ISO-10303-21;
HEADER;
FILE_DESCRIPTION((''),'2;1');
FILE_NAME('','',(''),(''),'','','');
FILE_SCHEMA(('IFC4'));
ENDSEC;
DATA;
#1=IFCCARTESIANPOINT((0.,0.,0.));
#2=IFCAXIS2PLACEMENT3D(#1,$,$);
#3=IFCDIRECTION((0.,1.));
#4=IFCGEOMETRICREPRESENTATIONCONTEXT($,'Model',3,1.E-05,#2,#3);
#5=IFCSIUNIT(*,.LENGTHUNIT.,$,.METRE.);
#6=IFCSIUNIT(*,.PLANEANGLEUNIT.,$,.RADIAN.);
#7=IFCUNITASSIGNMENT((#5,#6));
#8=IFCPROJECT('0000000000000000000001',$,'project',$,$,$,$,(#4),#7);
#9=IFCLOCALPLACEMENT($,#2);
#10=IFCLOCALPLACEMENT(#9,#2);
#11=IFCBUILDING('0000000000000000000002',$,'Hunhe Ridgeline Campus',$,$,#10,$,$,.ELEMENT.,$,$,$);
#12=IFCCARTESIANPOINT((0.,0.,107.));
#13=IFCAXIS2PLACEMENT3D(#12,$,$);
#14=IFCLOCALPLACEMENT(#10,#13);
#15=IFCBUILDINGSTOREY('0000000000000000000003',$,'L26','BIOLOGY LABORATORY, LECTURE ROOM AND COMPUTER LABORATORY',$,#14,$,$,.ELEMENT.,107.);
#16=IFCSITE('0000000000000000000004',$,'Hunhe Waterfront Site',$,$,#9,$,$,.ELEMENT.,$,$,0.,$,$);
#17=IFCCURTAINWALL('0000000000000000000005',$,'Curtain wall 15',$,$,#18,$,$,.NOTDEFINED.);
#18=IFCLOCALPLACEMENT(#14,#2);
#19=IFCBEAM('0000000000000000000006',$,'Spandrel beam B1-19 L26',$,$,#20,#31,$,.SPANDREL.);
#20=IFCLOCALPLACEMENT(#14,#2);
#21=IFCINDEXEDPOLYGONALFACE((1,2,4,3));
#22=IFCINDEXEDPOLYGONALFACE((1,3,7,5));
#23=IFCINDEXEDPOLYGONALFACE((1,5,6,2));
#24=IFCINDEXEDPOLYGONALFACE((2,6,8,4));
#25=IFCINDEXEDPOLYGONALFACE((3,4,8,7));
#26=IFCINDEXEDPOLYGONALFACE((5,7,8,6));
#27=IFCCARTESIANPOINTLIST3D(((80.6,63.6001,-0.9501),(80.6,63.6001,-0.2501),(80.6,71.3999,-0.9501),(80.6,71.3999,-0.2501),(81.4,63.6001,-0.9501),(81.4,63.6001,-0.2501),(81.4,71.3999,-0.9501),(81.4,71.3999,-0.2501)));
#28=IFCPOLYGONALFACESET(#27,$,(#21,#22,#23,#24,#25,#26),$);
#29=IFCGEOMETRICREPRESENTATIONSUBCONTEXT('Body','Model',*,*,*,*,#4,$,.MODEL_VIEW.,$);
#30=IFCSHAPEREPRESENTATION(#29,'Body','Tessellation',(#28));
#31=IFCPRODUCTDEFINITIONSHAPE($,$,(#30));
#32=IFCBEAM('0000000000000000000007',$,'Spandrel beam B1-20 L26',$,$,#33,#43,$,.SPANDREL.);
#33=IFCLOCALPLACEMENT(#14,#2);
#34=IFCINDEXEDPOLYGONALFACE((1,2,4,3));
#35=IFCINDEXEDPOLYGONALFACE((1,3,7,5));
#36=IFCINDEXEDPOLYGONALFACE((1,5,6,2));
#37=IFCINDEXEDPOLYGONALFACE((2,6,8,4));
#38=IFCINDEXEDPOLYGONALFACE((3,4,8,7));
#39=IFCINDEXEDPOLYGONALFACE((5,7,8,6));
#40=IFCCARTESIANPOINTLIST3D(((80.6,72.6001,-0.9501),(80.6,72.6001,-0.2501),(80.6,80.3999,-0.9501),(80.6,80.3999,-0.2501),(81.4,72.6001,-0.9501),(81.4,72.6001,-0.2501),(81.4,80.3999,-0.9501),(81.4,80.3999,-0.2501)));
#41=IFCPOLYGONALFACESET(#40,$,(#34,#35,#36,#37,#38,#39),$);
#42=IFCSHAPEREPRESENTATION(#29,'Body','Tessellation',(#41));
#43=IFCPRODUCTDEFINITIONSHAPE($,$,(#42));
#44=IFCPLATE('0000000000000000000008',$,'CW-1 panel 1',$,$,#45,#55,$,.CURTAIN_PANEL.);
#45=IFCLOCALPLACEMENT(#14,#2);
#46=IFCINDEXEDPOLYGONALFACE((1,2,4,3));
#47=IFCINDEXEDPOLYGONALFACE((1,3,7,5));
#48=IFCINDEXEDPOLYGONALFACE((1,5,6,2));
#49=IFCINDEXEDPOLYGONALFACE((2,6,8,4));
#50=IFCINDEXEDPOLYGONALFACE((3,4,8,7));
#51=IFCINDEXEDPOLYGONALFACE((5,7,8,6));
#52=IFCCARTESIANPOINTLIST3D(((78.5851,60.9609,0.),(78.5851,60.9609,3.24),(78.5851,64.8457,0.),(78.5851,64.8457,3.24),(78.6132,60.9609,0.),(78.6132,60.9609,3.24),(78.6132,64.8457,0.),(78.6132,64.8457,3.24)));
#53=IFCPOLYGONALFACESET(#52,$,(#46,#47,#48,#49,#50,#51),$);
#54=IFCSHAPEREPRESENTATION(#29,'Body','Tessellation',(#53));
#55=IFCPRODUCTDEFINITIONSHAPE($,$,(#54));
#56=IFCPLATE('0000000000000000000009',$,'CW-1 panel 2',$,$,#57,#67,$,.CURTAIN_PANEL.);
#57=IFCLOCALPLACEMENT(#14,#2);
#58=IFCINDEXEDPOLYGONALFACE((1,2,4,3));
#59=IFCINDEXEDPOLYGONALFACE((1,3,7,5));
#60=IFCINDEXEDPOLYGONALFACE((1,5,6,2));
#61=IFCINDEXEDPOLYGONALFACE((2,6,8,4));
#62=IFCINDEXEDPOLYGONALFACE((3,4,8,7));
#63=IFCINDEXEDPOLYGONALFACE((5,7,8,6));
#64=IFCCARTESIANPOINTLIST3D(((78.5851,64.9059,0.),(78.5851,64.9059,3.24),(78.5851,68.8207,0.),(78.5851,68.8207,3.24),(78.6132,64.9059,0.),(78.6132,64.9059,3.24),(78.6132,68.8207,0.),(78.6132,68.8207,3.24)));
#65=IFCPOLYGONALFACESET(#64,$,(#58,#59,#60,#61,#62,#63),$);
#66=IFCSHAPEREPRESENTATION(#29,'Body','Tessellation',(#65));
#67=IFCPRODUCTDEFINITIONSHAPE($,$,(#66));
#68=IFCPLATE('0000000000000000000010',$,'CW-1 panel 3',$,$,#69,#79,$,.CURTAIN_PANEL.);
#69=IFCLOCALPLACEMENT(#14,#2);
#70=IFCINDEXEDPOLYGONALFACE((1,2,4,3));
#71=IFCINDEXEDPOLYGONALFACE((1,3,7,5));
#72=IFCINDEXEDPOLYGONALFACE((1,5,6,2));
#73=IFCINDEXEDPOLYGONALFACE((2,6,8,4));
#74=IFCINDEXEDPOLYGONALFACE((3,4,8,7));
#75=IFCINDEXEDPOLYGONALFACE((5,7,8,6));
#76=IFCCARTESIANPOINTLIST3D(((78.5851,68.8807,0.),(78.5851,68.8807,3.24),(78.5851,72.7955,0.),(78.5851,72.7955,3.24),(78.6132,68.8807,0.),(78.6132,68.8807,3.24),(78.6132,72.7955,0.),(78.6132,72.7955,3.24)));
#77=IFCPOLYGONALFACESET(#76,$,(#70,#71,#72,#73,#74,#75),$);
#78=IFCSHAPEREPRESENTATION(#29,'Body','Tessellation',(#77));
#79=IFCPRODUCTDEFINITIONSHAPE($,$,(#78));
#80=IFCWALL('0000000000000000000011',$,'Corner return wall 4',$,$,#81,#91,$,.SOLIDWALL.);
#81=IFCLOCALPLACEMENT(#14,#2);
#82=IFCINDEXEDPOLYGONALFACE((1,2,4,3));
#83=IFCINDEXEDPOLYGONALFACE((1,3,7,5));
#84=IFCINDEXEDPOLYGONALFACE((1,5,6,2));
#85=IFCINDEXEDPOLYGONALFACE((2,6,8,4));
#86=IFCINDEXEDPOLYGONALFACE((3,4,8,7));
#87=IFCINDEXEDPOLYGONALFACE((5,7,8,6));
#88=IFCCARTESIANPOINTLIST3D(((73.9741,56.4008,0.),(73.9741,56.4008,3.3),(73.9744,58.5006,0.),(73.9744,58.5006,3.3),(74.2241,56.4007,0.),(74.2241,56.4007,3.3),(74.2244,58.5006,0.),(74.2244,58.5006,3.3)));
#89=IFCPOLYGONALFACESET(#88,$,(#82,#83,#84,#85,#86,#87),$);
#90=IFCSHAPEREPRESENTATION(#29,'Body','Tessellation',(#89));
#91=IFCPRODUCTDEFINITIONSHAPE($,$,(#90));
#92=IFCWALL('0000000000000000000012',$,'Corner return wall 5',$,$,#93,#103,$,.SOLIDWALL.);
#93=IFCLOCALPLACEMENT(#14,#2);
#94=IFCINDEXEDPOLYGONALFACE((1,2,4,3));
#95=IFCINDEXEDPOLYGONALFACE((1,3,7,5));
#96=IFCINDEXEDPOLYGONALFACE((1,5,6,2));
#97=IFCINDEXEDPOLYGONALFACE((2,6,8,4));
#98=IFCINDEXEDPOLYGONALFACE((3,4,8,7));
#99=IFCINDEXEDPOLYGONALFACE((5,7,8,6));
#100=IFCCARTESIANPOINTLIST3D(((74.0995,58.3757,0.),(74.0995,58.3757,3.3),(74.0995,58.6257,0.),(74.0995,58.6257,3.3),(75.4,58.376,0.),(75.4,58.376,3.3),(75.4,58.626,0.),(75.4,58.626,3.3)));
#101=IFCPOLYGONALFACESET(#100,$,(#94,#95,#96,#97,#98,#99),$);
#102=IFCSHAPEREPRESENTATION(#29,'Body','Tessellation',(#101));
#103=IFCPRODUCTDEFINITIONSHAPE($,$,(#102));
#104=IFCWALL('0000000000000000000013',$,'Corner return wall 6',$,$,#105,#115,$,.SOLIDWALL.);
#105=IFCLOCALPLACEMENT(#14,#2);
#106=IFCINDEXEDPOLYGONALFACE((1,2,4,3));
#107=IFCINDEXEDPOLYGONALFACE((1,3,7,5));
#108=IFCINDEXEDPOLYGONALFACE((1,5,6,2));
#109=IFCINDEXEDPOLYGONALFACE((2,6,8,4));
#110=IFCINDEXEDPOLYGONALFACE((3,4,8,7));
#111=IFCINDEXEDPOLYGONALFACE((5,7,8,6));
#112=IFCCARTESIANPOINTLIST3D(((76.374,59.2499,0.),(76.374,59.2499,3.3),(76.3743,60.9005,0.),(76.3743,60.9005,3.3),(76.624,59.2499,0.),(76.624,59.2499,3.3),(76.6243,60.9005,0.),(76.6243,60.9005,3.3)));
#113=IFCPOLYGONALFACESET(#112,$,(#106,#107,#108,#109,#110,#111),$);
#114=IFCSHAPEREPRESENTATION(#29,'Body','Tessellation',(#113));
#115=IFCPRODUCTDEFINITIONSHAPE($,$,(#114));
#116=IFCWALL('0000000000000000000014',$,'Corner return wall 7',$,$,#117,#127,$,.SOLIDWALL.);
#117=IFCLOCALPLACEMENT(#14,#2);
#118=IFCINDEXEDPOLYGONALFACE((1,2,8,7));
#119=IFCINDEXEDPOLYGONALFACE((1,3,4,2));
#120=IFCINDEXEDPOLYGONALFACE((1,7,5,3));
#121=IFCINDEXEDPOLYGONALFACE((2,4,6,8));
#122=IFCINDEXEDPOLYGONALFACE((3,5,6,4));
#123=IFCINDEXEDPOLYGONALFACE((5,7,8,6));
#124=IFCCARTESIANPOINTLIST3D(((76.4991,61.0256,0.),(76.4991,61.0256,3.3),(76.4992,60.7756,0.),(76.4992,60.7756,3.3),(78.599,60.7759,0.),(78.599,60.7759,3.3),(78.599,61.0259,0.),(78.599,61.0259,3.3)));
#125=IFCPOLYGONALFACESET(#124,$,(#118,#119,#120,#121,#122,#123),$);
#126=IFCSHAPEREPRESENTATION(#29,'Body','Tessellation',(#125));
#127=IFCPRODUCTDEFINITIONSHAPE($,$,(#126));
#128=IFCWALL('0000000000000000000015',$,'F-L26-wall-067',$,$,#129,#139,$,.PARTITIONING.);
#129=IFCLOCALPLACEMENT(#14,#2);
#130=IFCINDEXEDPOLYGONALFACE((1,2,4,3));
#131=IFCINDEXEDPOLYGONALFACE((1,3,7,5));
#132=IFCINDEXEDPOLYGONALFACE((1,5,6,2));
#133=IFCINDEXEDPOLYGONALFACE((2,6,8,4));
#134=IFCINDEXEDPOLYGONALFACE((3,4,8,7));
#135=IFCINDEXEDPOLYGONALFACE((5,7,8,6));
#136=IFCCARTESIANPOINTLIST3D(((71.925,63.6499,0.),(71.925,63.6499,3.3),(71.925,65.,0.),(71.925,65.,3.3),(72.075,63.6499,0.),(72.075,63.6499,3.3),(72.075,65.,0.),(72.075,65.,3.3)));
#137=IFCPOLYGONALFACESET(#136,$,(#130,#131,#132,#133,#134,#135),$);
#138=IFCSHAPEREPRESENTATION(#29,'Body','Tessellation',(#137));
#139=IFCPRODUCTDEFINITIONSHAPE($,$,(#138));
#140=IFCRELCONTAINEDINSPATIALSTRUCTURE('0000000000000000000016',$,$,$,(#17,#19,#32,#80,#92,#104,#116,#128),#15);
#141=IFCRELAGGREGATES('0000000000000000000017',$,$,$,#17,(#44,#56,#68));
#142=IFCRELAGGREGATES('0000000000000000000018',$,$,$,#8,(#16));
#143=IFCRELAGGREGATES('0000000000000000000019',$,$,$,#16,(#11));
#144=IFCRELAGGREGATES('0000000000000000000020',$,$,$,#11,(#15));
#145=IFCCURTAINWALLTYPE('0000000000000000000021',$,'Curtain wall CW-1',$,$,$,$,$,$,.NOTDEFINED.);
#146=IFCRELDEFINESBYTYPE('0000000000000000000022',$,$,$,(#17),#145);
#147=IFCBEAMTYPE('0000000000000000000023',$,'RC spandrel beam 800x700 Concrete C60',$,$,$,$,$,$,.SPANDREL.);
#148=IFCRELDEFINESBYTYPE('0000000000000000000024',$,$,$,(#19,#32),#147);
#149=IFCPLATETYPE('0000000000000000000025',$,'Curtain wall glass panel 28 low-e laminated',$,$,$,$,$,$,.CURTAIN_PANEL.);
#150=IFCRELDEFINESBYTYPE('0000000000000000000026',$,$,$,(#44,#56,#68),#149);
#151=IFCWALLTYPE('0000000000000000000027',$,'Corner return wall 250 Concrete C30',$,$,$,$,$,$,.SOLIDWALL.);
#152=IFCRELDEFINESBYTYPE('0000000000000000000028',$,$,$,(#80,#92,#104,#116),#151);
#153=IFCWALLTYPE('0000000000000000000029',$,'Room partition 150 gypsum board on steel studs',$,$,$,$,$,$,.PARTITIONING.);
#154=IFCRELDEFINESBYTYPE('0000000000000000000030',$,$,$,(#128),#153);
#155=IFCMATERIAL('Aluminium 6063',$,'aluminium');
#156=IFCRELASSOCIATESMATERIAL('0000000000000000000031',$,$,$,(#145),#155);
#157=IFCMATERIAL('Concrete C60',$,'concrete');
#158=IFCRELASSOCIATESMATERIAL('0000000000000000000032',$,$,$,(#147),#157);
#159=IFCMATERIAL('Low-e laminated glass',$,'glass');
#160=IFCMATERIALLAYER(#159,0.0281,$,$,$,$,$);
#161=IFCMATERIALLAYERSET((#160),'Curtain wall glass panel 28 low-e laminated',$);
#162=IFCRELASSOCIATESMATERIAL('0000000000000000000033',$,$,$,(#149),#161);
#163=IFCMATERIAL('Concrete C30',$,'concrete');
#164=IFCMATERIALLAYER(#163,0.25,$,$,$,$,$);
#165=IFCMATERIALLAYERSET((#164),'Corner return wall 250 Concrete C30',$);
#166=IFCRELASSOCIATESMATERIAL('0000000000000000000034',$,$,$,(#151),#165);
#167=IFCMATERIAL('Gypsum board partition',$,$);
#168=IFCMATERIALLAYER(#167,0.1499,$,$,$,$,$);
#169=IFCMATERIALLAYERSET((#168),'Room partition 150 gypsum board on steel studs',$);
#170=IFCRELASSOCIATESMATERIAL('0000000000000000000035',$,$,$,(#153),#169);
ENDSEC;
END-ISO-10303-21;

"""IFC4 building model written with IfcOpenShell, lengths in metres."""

from ifc_helpers import new_model, si_unit, direction, frame, frame_2d, origin, origin_2d, place, context, subcontext, project, spatial, rectangle, extrude, material, layer, layer_set, material_profile, profile_set, type_object, element, aggregate, save


model = new_model("IFC4")

# Units and contexts
model_context = context("Model", 3, precision=1e-05, world=origin(), true_north=direction((0.0, 1.0)))
body_context = subcontext(model_context, "Body", "Model", "MODEL_VIEW")
ifc_project = project(units=[si_unit("LENGTHUNIT", "METRE"), si_unit("PLANEANGLEUNIT", "RADIAN")], contexts=[model_context])

# Site, building, storey
site_placement = place(None, origin())
site = spatial("IfcSite", under=ifc_project, at=site_placement, Name="Hunhe Waterfront Site", CompositionType="ELEMENT", RefElevation=0.0)
building_placement = place(site_placement, origin())
building = spatial("IfcBuilding", under=site, at=building_placement, Name="Hunhe Ridgeline Campus", CompositionType="ELEMENT")
storey_placement = place(building_placement, frame((0.0, 0.0, 107.0)))
storey = spatial("IfcBuildingStorey", under=building, at=storey_placement, Name="L26", Description="BIOLOGY LABORATORY, LECTURE ROOM AND COMPUTER LABORATORY", CompositionType="ELEMENT", Elevation=107.0)

# Shared definitions
ifc_material_1 = material(Name="Aluminium 6063", Category="aluminium")
curtain_wall_type = type_object("IfcCurtainWallType", Name="Curtain wall CW-1", PredefinedType="NOTDEFINED", material=ifc_material_1)

# Curtain wall
curtain_wall_1_placement = place(storey_placement, origin())
curtain_wall_1 = element("IfcCurtainWall", 1, at=curtain_wall_1_placement, inside=storey, type_object=curtain_wall_type, Name="Curtain wall 15", PredefinedType="NOTDEFINED")

# Beams
ifc_material_2 = material(Name="Concrete C60", Category="concrete")
ifc_material_profile_1 = material_profile(ifc_material_2, rectangle(XDim=0.8, YDim=0.7, at=origin_2d()))
ifc_profile_set_1 = profile_set([ifc_material_profile_1], Name="Concrete C60")
beam_type = type_object("IfcBeamType", Name="RC spandrel beam 800x700 Concrete C60", PredefinedType="SPANDREL", material=ifc_profile_set_1)
for number, where, z_axis, x_axis, name in (
    (2, (81.0, 63.6001, -0.6001), (0.0, 1.0, 0.0), (-1.0, 0.0, 0.0), "Spandrel beam B1-19 L26"),
    (3, (81.0, 72.6001, -0.6001), (0.0, 1.0, 0.0), (-1.0, 0.0, 0.0), "Spandrel beam B1-20 L26"),
):
    element("IfcBeam", number, at=place(storey_placement, frame(where, z_axis=z_axis, x_axis=x_axis)), inside=storey, type_object=beam_type, Name=name, PredefinedType="SPANDREL", context=body_context, shape_type="SweptSolid", body=[
        extrude(rectangle(XDim=0.8, YDim=0.7, at=origin_2d()), origin(), (0.0, 0.0, 1.0), 7.7998),
    ])

# Plates
ifc_material_3 = material(Name="Low-e laminated glass", Category="glass")
ifc_layer_1 = layer(ifc_material_3, 0.0281)
ifc_layer_set_1 = layer_set([ifc_layer_1], Name="Curtain wall glass panel 28 low-e laminated")
plate_type = type_object("IfcPlateType", Name="Curtain wall glass panel 28 low-e laminated", PredefinedType="CURTAIN_PANEL", material=ifc_layer_set_1)
plate_1_placement = place(storey_placement, frame((78.5991, 62.9033, 0.0), z_axis=(0.0, 0.0, 1.0), x_axis=(0.0, 1.0, 0.0)))
plate_1 = element("IfcPlate", 4, at=plate_1_placement, type_object=plate_type, Name="CW-1 panel 1", PredefinedType="CURTAIN_PANEL", context=body_context, shape_type="SweptSolid", body=[
    extrude(rectangle(XDim=3.8848, YDim=0.0281, at=origin_2d()), origin(), (0.0, 0.0, 1.0), 3.24),
])
plate_2_placement = place(storey_placement, frame((78.5991, 66.8633, 0.0), z_axis=(0.0, 0.0, 1.0), x_axis=(0.0, 1.0, 0.0)))
plate_2 = element("IfcPlate", 5, at=plate_2_placement, type_object=plate_type, Name="CW-1 panel 2", PredefinedType="CURTAIN_PANEL", context=body_context, shape_type="SweptSolid", body=[
    extrude(rectangle(XDim=3.9148, YDim=0.0281, at=origin_2d()), origin(), (0.0, 0.0, 1.0), 3.24),
])
plate_3_placement = place(storey_placement, frame((78.5991, 70.8381, 0.0), z_axis=(0.0, 0.0, 1.0), x_axis=(0.0, 1.0, 0.0)))
plate_3 = element("IfcPlate", 6, at=plate_3_placement, type_object=plate_type, Name="CW-1 panel 3", PredefinedType="CURTAIN_PANEL", context=body_context, shape_type="SweptSolid", body=[
    extrude(rectangle(XDim=3.9148, YDim=0.0281, at=origin_2d()), origin(), (0.0, 0.0, 1.0), 3.24),
])
aggregate(curtain_wall_1, [plate_1, plate_2, plate_3])

# Walls
ifc_material_4 = material(Name="Concrete C30", Category="concrete")
ifc_layer_2 = layer(ifc_material_4, 0.25)
ifc_layer_set_2 = layer_set([ifc_layer_2], Name="Corner return wall 250 Concrete C30")
wall_type_1 = type_object("IfcWallType", Name="Corner return wall 250 Concrete C30", PredefinedType="SOLIDWALL", material=ifc_layer_set_2)
wall_1_placement = place(storey_placement, frame((74.0991, 56.4009, 0.0), z_axis=(0.0, 0.0, 1.0), x_axis=(0.000116, 1.0, 0.0)))
element("IfcWall", 7, at=wall_1_placement, inside=storey, type_object=wall_type_1, Name="Corner return wall 4", PredefinedType="SOLIDWALL", context=body_context, shape_type="SweptSolid", body=[
    extrude(rectangle(XDim=2.0999, YDim=0.25, at=frame_2d((1.0498, 0.0))), origin(), (0.0, 0.0, 1.0), 3.3),
])
wall_2_placement = place(storey_placement, frame((74.0994, 58.5007, 0.0), z_axis=(0.0, 0.0, 1.0), x_axis=(1.0, 0.000188, 0.0)))
element("IfcWall", 8, at=wall_2_placement, inside=storey, type_object=wall_type_1, Name="Corner return wall 5", PredefinedType="SOLIDWALL", context=body_context, shape_type="SweptSolid", body=[
    extrude(rectangle(XDim=1.3005, YDim=0.25, at=frame_2d((0.6504, 0.0))), origin(), (0.0, 0.0, 1.0), 3.3),
])
wall_3_placement = place(storey_placement, frame((76.499, 59.25, 0.0), z_axis=(0.0, 0.0, 1.0), x_axis=(0.000148, 1.0, 0.0)))
element("IfcWall", 9, at=wall_3_placement, inside=storey, type_object=wall_type_1, Name="Corner return wall 6", PredefinedType="SOLIDWALL", context=body_context, shape_type="SweptSolid", body=[
    extrude(rectangle(XDim=1.6506, YDim=0.25, at=frame_2d((0.8252, 0.0))), origin(), (0.0, 0.0, 1.0), 3.3),
])
wall_4_placement = place(storey_placement, frame((76.4993, 60.9006, 0.0), z_axis=(0.0, 0.0, 1.0), x_axis=(1.0, 0.000116, 0.0)))
element("IfcWall", 10, at=wall_4_placement, inside=storey, type_object=wall_type_1, Name="Corner return wall 7", PredefinedType="SOLIDWALL", context=body_context, shape_type="SweptSolid", body=[
    extrude(rectangle(XDim=2.0999, YDim=0.25, at=frame_2d((1.0498, 0.0))), origin(), (0.0, 0.0, 1.0), 3.3),
])

# Shared definitions
ifc_material_5 = material(Name="Gypsum board partition")

# Wall
ifc_layer_3 = layer(ifc_material_5, 0.1499)
ifc_layer_set_3 = layer_set([ifc_layer_3], Name="Room partition 150 gypsum board on steel studs")
wall_type_2 = type_object("IfcWallType", Name="Room partition 150 gypsum board on steel studs", PredefinedType="PARTITIONING", material=ifc_layer_set_3)
wall_5_placement = place(storey_placement, frame((72.0, 65.0, 0.0), z_axis=(0.0, 0.0, 1.0), x_axis=(0.0, -1.0, 0.0)))
element("IfcWall", 11, at=wall_5_placement, inside=storey, type_object=wall_type_2, Name="F-L26-wall-067", PredefinedType="PARTITIONING", context=body_context, shape_type="SweptSolid", body=[
    extrude(rectangle(XDim=1.3501, YDim=0.1499, at=frame_2d((0.675, 0.0))), origin(), (0.0, 0.0, 1.0), 3.3),
])

save(model, "model.ifc")
